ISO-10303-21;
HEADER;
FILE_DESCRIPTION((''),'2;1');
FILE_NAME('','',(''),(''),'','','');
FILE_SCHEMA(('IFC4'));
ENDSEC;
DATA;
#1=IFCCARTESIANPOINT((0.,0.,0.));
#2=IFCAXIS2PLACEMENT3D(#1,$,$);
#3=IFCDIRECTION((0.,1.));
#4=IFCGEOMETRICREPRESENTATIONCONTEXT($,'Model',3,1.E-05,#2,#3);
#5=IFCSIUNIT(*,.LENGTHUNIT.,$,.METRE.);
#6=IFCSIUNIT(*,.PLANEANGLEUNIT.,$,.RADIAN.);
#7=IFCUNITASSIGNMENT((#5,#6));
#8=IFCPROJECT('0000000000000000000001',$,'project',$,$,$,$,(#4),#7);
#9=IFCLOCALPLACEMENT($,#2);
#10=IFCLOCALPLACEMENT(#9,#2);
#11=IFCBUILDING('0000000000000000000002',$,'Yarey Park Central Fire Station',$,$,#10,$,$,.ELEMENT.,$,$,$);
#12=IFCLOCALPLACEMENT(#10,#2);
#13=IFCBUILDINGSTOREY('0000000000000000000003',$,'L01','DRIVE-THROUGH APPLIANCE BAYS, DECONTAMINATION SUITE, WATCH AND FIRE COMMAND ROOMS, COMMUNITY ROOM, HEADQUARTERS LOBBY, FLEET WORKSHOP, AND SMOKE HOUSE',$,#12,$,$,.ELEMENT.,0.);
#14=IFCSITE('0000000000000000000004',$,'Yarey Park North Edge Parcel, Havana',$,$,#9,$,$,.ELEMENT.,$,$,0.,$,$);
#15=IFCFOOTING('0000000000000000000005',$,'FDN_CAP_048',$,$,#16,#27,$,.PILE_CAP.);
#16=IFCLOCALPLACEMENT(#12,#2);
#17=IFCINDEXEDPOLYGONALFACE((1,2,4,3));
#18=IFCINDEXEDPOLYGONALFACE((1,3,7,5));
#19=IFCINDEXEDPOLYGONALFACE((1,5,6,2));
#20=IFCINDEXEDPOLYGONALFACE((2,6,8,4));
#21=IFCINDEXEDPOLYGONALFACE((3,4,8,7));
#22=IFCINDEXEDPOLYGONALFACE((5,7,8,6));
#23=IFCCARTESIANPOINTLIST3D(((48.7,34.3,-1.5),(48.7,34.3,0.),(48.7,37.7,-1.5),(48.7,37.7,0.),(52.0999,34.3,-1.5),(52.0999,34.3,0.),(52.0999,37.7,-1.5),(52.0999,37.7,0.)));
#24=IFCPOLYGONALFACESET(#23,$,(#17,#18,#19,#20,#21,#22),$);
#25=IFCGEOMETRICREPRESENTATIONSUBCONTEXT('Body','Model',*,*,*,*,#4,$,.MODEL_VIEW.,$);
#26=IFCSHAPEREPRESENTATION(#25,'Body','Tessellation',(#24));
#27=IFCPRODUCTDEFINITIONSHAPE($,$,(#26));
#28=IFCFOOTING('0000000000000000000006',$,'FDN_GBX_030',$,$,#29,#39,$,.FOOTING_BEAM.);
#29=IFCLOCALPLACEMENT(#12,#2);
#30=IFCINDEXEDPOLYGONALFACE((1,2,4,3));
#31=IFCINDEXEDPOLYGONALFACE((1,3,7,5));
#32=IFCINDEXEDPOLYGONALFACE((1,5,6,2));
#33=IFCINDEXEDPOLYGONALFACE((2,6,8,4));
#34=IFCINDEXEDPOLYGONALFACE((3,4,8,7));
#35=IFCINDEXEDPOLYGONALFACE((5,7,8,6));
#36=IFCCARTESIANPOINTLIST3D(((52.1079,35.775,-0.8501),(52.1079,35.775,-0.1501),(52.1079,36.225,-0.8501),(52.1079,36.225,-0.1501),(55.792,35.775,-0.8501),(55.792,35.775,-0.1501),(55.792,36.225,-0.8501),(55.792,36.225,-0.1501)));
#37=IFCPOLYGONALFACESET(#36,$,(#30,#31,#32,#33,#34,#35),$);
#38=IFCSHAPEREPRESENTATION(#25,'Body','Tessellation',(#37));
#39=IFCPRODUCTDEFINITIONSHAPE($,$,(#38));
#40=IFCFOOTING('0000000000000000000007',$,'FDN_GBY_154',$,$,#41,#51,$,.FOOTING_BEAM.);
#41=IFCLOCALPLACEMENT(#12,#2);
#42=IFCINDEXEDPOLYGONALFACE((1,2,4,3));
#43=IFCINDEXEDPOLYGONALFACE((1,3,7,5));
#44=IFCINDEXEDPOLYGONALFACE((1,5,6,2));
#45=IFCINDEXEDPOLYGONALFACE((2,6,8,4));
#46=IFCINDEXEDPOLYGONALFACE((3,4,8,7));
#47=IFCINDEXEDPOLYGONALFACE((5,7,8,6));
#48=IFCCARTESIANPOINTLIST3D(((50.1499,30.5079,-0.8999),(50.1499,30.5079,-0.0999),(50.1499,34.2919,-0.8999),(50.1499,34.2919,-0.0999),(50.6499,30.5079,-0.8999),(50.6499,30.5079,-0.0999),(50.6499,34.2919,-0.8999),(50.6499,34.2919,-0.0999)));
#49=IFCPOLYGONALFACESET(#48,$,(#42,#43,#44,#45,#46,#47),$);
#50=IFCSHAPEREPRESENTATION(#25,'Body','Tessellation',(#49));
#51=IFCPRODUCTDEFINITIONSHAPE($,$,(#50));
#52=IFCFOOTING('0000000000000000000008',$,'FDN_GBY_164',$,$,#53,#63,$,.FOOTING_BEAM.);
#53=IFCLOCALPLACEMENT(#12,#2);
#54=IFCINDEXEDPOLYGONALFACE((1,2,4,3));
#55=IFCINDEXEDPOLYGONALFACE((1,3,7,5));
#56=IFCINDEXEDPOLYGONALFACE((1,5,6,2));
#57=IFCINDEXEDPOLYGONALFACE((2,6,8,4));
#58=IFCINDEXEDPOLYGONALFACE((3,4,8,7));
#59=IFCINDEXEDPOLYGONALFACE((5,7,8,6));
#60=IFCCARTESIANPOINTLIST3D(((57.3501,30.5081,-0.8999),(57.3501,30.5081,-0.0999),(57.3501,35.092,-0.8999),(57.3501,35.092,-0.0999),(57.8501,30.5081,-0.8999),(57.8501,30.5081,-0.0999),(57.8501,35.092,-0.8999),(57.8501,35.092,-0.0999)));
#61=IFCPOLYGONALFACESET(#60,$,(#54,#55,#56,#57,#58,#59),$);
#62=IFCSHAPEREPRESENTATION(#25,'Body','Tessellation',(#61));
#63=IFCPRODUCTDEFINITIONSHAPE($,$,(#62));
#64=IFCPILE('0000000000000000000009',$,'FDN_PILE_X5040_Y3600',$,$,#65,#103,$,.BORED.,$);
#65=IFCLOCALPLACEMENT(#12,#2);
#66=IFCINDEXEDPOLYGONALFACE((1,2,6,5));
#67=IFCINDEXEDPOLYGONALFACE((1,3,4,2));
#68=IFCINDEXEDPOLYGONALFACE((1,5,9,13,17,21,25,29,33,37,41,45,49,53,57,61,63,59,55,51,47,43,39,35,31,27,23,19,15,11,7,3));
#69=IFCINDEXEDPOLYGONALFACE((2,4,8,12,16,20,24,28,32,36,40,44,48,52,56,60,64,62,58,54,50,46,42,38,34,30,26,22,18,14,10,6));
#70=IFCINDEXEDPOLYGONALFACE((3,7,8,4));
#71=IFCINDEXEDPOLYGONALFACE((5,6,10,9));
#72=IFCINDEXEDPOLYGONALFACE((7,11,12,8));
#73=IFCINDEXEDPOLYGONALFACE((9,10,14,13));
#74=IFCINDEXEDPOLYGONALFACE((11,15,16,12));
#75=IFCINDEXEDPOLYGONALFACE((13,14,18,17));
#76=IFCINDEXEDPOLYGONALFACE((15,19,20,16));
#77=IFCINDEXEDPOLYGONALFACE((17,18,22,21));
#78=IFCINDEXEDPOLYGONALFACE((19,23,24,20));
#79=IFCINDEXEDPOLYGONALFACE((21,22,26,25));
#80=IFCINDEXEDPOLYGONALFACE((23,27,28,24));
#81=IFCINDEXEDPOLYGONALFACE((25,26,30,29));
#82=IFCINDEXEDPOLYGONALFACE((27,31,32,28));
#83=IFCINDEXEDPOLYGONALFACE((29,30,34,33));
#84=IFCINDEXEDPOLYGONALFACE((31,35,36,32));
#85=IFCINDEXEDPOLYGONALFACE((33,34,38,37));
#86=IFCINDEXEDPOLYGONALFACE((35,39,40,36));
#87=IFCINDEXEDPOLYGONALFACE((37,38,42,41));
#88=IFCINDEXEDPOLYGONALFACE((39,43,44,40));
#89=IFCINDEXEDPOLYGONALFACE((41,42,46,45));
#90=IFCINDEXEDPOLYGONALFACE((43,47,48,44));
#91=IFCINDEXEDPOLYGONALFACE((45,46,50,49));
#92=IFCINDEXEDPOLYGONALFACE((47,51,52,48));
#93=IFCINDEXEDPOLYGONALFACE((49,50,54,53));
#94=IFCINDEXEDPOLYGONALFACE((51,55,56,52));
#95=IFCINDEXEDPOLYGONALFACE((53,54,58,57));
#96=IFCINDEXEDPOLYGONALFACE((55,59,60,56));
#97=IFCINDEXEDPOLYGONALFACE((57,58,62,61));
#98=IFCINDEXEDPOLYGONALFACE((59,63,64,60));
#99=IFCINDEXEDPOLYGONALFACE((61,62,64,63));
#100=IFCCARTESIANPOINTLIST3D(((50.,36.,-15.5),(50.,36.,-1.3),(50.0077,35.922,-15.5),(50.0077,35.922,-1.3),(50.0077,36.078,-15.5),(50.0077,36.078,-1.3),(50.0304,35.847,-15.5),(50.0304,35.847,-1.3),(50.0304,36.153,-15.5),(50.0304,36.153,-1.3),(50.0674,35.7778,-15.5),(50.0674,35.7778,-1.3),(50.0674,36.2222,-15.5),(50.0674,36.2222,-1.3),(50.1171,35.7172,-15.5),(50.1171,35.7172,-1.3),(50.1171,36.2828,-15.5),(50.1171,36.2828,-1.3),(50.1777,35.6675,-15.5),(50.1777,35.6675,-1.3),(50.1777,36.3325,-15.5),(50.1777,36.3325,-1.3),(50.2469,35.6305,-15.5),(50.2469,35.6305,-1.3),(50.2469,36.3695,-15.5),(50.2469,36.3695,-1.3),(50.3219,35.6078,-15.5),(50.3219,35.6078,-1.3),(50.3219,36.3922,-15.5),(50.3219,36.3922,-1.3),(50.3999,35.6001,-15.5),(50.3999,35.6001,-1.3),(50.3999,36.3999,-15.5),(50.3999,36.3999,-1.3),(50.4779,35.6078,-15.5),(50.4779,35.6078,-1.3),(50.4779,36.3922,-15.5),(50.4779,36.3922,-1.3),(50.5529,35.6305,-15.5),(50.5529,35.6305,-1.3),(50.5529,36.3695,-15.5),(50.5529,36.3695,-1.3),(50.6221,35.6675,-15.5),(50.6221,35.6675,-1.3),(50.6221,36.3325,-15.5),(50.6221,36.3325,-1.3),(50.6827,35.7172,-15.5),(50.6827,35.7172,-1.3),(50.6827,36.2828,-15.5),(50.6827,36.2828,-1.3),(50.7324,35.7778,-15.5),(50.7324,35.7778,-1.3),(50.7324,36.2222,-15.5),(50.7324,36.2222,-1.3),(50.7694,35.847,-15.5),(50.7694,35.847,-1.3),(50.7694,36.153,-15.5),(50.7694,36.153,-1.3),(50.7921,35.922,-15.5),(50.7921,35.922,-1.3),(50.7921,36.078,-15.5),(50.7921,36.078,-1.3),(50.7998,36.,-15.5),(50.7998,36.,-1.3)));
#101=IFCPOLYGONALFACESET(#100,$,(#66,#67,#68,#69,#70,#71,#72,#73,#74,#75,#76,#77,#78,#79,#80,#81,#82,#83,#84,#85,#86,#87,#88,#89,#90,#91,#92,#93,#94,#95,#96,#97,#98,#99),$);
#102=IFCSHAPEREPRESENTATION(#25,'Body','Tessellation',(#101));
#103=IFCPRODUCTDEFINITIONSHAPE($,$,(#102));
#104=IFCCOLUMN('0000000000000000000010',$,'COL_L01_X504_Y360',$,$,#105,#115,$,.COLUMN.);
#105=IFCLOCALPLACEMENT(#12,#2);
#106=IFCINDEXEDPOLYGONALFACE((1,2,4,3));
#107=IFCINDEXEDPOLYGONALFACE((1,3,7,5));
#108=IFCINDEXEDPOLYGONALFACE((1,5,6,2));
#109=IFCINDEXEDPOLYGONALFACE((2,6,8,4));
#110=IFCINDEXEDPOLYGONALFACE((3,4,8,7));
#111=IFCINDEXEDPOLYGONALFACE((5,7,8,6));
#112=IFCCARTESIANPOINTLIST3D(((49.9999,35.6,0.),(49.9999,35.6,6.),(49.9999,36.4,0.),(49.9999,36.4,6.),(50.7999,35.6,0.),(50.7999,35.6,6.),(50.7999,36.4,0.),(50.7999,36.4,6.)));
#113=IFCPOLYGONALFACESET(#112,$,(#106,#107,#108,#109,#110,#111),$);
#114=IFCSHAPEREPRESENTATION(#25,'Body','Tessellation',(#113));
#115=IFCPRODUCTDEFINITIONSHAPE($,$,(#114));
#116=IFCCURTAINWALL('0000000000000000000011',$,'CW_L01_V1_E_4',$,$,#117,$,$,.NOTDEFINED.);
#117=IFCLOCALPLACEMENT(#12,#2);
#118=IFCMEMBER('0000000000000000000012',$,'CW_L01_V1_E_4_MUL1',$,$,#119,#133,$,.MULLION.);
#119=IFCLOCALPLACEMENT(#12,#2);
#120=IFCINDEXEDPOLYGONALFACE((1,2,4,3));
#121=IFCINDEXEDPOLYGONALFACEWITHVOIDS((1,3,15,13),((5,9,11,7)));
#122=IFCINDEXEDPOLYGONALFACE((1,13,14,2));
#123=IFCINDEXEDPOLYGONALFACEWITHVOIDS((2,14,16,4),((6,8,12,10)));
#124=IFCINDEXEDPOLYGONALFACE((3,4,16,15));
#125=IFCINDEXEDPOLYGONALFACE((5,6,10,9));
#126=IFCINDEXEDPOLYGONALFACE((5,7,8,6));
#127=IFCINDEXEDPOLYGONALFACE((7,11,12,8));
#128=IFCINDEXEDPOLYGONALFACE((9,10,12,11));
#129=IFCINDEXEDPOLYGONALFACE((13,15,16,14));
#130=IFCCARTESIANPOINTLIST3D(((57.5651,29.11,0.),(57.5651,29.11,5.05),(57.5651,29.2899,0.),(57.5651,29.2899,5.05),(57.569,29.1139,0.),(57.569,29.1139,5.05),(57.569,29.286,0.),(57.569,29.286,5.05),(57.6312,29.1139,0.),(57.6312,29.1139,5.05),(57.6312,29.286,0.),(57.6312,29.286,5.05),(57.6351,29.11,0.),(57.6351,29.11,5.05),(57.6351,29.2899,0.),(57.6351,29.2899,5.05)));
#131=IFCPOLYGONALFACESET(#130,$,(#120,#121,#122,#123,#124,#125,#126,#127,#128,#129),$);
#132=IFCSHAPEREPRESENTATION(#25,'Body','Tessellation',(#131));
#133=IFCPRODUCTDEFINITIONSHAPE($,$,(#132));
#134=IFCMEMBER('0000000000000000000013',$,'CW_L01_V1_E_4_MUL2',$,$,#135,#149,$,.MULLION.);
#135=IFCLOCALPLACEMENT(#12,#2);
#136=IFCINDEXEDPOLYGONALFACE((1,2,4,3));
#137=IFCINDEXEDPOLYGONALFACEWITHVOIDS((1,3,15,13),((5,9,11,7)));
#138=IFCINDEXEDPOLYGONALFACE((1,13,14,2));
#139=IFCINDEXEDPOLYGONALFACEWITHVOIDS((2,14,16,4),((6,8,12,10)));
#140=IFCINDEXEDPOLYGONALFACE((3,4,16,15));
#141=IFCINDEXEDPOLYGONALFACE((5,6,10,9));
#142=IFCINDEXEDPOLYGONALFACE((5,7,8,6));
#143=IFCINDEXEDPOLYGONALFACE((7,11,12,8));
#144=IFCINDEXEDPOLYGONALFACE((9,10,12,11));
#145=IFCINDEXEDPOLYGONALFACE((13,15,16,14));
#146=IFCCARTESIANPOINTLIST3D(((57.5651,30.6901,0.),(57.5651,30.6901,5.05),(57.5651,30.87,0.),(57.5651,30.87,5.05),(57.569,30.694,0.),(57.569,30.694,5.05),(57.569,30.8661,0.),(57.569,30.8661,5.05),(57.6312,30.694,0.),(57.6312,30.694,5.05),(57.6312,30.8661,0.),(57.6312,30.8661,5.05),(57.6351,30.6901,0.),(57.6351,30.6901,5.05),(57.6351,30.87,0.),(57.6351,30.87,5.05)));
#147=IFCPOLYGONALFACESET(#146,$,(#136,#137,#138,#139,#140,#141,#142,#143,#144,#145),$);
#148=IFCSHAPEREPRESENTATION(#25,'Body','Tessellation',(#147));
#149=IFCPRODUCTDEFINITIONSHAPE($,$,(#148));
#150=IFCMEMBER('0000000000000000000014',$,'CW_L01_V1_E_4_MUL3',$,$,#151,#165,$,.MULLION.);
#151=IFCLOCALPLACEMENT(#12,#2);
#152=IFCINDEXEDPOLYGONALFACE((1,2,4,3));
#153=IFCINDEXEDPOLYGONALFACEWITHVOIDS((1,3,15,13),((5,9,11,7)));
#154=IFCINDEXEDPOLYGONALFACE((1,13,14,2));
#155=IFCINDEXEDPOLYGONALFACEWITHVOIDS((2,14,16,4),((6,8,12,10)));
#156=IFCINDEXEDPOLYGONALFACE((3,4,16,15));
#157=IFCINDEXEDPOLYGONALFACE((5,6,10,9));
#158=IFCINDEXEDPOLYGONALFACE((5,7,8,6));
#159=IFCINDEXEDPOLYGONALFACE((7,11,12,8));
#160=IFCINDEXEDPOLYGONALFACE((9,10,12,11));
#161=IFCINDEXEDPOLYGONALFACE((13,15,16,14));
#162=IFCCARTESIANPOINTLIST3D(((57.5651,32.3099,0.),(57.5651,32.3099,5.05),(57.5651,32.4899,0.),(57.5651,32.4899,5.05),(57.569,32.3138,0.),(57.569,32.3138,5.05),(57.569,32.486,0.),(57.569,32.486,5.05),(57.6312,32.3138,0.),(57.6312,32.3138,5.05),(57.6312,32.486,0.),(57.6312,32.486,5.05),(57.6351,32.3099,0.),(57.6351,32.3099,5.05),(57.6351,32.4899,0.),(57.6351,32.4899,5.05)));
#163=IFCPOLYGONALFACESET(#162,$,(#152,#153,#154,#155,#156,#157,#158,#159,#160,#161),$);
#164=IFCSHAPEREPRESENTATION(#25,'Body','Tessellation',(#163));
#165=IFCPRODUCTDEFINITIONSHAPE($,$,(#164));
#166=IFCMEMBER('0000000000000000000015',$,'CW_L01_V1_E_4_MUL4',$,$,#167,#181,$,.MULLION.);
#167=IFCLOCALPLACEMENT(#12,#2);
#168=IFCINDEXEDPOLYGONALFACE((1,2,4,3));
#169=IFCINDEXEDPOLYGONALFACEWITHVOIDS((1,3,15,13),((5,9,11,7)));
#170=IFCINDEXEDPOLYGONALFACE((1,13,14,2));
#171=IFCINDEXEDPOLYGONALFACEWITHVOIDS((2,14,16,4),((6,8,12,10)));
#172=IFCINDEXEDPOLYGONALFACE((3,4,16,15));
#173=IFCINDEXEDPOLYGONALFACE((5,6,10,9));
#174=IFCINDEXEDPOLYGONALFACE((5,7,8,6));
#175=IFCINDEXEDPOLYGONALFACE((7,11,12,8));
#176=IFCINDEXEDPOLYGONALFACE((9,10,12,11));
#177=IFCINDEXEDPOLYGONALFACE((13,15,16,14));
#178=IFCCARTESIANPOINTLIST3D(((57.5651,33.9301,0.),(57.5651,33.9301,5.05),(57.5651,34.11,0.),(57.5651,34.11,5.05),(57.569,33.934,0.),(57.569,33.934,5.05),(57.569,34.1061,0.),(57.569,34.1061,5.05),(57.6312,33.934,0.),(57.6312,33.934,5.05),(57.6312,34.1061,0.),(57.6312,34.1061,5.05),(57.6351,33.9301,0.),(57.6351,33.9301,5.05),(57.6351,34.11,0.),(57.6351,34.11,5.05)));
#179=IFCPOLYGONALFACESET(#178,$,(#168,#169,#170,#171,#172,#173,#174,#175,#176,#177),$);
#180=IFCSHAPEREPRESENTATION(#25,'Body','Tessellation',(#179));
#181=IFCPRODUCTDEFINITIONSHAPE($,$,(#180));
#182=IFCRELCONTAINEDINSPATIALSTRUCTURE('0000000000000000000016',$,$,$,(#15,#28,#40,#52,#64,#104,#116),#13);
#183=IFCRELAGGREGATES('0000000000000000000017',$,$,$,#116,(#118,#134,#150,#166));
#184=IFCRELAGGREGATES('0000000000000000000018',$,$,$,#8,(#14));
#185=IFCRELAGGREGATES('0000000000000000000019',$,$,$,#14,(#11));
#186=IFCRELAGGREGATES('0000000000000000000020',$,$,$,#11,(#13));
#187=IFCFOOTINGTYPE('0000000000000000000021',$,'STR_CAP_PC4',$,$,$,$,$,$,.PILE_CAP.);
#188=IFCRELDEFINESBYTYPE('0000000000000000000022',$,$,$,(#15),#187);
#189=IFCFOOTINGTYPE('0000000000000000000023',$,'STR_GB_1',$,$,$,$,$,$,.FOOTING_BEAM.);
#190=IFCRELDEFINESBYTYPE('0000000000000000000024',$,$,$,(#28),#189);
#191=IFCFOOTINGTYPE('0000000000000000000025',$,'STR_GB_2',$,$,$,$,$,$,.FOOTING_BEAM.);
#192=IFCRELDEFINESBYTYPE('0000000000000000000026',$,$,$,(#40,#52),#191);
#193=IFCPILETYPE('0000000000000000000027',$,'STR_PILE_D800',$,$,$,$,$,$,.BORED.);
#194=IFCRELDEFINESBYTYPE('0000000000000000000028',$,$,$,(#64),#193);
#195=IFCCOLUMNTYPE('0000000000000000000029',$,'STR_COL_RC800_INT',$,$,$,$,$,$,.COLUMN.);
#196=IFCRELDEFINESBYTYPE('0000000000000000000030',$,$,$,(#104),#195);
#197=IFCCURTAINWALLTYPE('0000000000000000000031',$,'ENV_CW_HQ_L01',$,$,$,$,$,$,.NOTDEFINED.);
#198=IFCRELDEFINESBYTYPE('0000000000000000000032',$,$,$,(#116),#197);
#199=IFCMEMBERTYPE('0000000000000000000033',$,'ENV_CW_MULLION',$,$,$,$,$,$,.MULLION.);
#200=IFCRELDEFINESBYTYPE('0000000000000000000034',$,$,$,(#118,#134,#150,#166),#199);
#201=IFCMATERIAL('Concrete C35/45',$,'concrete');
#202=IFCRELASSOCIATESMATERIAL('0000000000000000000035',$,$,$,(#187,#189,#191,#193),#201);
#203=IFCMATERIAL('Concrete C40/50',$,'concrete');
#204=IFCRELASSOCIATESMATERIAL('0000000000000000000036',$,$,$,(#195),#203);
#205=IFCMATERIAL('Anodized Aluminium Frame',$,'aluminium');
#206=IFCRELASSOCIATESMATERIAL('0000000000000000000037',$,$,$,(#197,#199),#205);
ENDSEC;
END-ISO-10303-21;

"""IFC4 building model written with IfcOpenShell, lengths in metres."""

from ifc_helpers import new_model, si_unit, direction, frame, origin, origin_2d, place, context, subcontext, project, spatial, rectangle, hollow_rectangle, circle, extrude, material, material_profile, profile_set, type_object, element, aggregate, save


model = new_model("IFC4")

# Units and contexts
model_context = context("Model", 3, precision=1e-05, world=origin(), true_north=direction((0.0, 1.0)))
body_context = subcontext(model_context, "Body", "Model", "MODEL_VIEW")
ifc_project = project(units=[si_unit("LENGTHUNIT", "METRE"), si_unit("PLANEANGLEUNIT", "RADIAN")], contexts=[model_context])

# Site, building, storey
site_placement = place(None, origin())
site = spatial("IfcSite", under=ifc_project, at=site_placement, Name="Yarey Park North Edge Parcel, Havana", CompositionType="ELEMENT", RefElevation=0.0)
building_placement = place(site_placement, origin())
building = spatial("IfcBuilding", under=site, at=building_placement, Name="Yarey Park Central Fire Station", CompositionType="ELEMENT")
storey_placement = place(building_placement, origin())
storey = spatial("IfcBuildingStorey", under=building, at=storey_placement, Name="L01", Description="DRIVE-THROUGH APPLIANCE BAYS, DECONTAMINATION SUITE, WATCH AND FIRE COMMAND ROOMS, COMMUNITY ROOM, HEADQUARTERS LOBBY, FLEET WORKSHOP, AND SMOKE HOUSE", CompositionType="ELEMENT", Elevation=0.0)

# Footings
ifc_material_1 = material(Name="Concrete C35/45", Category="concrete")
footing_type_1 = type_object("IfcFootingType", Name="STR_CAP_PC4", PredefinedType="PILE_CAP", material=ifc_material_1)
footing_1_placement = place(storey_placement, frame((50.3999, 36.0, -1.5), z_axis=(0.0, 0.0, 1.0), x_axis=(1.0, 0.0, 0.0)))
element("IfcFooting", 1, at=footing_1_placement, inside=storey, type_object=footing_type_1, Name="FDN_CAP_048", PredefinedType="PILE_CAP", context=body_context, shape_type="SweptSolid", body=[
    extrude(rectangle(XDim=3.3999, YDim=3.3999, at=origin_2d()), origin(), (0.0, 0.0, 1.0), 1.5),
])
footing_type_2 = type_object("IfcFootingType", Name="STR_GB_1", PredefinedType="FOOTING_BEAM", material=ifc_material_1)
footing_2_placement = place(storey_placement, frame((53.95, 36.0, -0.8501), z_axis=(0.0, 0.0, 1.0), x_axis=(1.0, 0.0, 0.0)))
element("IfcFooting", 2, at=footing_2_placement, inside=storey, type_object=footing_type_2, Name="FDN_GBX_030", PredefinedType="FOOTING_BEAM", context=body_context, shape_type="SweptSolid", body=[
    extrude(rectangle(XDim=3.6841, YDim=0.45, at=origin_2d()), origin(), (0.0, 0.0, 1.0), 0.7),
])
footing_type_3 = type_object("IfcFootingType", Name="STR_GB_2", PredefinedType="FOOTING_BEAM", material=ifc_material_1)
footing_3_placement = place(storey_placement, frame((50.3999, 32.3999, -0.8999), z_axis=(0.0, 0.0, 1.0), x_axis=(1.0, 0.0, 0.0)))
element("IfcFooting", 3, at=footing_3_placement, inside=storey, type_object=footing_type_3, Name="FDN_GBY_154", PredefinedType="FOOTING_BEAM", context=body_context, shape_type="SweptSolid", body=[
    extrude(rectangle(XDim=0.5, YDim=3.7839, at=origin_2d()), origin(), (0.0, 0.0, 1.0), 0.8),
])
footing_4_placement = place(storey_placement, frame((57.6001, 32.8, -0.8999), z_axis=(0.0, 0.0, 1.0), x_axis=(1.0, 0.0, 0.0)))
element("IfcFooting", 4, at=footing_4_placement, inside=storey, type_object=footing_type_3, Name="FDN_GBY_164", PredefinedType="FOOTING_BEAM", context=body_context, shape_type="SweptSolid", body=[
    extrude(rectangle(XDim=0.5, YDim=4.584, at=origin_2d()), origin(), (0.0, 0.0, 1.0), 0.8),
])

# Pile
ifc_material_profile_1 = material_profile(ifc_material_1, circle(Radius=0.3999, at=origin_2d()), Name="BORED PILE D800")
ifc_profile_set_1 = profile_set([ifc_material_profile_1], Name="Concrete C35/45")
pile_type = type_object("IfcPileType", Name="STR_PILE_D800", PredefinedType="BORED", material=ifc_profile_set_1)
pile_placement = place(storey_placement, frame((50.3999, 36.0, -1.3), z_axis=(0.0, 0.0, -1.0), x_axis=(1.0, 0.0, 0.0)))
element("IfcPile", 5, at=pile_placement, inside=storey, type_object=pile_type, Name="FDN_PILE_X5040_Y3600", PredefinedType="BORED", context=body_context, shape_type="SweptSolid", body=[
    extrude(circle(Radius=0.3999, at=origin_2d()), origin(), (0.0, 0.0, 1.0), 14.2),
])

# Column
ifc_material_2 = material(Name="Concrete C40/50", Category="concrete")
ifc_material_profile_2 = material_profile(ifc_material_2, rectangle(XDim=0.8, YDim=0.8, at=origin_2d()), Name="RC 800x800")
ifc_profile_set_2 = profile_set([ifc_material_profile_2], Name="Concrete C40/50")
column_type = type_object("IfcColumnType", Name="STR_COL_RC800_INT", PredefinedType="COLUMN", material=ifc_profile_set_2)
column_placement = place(storey_placement, frame((50.3999, 36.0, 0.0), z_axis=(0.0, 0.0, 1.0), x_axis=(1.0, 0.0, 0.0)))
element("IfcColumn", 6, at=column_placement, inside=storey, type_object=column_type, Name="COL_L01_X504_Y360", PredefinedType="COLUMN", context=body_context, shape_type="SweptSolid", body=[
    extrude(rectangle(XDim=0.8, YDim=0.8, at=origin_2d()), origin(), (0.0, 0.0, 1.0), 6.0),
])

# Curtain wall, members
ifc_material_3 = material(Name="Anodized Aluminium Frame", Category="aluminium")
curtain_wall_type = type_object("IfcCurtainWallType", Name="ENV_CW_HQ_L01", PredefinedType="NOTDEFINED", material=ifc_material_3)
curtain_wall_placement = place(storey_placement, origin())
curtain_wall = element("IfcCurtainWall", 7, at=curtain_wall_placement, inside=storey, type_object=curtain_wall_type, Name="CW_L01_V1_E_4", PredefinedType="NOTDEFINED")
ifc_material_profile_3 = material_profile(ifc_material_3, hollow_rectangle(XDim=0.0701, YDim=0.1799, WallThickness=0.0039, at=origin_2d()), Name="ALU 180x70x4")
ifc_profile_set_3 = profile_set([ifc_material_profile_3], Name="Anodized Aluminium Frame")
member_type_1 = type_object("IfcMemberType", Name="ENV_CW_MULLION", PredefinedType="MULLION", material=ifc_profile_set_3)
member_1_placement = place(storey_placement, frame((57.6001, 29.2, 0.0), z_axis=(0.0, 0.0, 1.0), x_axis=(1.0, 0.0, 0.0)))
member_1 = element("IfcMember", 8, at=member_1_placement, type_object=member_type_1, Name="CW_L01_V1_E_4_MUL1", PredefinedType="MULLION", context=body_context, shape_type="SweptSolid", body=[
    extrude(hollow_rectangle(XDim=0.0701, YDim=0.1799, WallThickness=0.0039, at=origin_2d()), origin(), (0.0, 0.0, 1.0), 5.05),
])
member_2_placement = place(storey_placement, frame((57.6001, 30.78, 0.0), z_axis=(0.0, 0.0, 1.0), x_axis=(1.0, 0.0, 0.0)))
member_2 = element("IfcMember", 9, at=member_2_placement, type_object=member_type_1, Name="CW_L01_V1_E_4_MUL2", PredefinedType="MULLION", context=body_context, shape_type="SweptSolid", body=[
    extrude(hollow_rectangle(XDim=0.0701, YDim=0.1799, WallThickness=0.0039, at=origin_2d()), origin(), (0.0, 0.0, 1.0), 5.05),
])
member_3_placement = place(storey_placement, frame((57.6001, 32.3999, 0.0), z_axis=(0.0, 0.0, 1.0), x_axis=(1.0, 0.0, 0.0)))
member_3 = element("IfcMember", 10, at=member_3_placement, type_object=member_type_1, Name="CW_L01_V1_E_4_MUL3", PredefinedType="MULLION", context=body_context, shape_type="SweptSolid", body=[
    extrude(hollow_rectangle(XDim=0.0701, YDim=0.1799, WallThickness=0.0039, at=origin_2d()), origin(), (0.0, 0.0, 1.0), 5.05),
])
member_4_placement = place(storey_placement, frame((57.6001, 34.02, 0.0), z_axis=(0.0, 0.0, 1.0), x_axis=(1.0, 0.0, 0.0)))
member_4 = element("IfcMember", 11, at=member_4_placement, type_object=member_type_1, Name="CW_L01_V1_E_4_MUL4", PredefinedType="MULLION", context=body_context, shape_type="SweptSolid", body=[
    extrude(hollow_rectangle(XDim=0.0701, YDim=0.1799, WallThickness=0.0039, at=origin_2d()), origin(), (0.0, 0.0, 1.0), 5.05),
])
aggregate(curtain_wall, [member_1, member_2, member_3, member_4])

save(model, "model.ifc")
